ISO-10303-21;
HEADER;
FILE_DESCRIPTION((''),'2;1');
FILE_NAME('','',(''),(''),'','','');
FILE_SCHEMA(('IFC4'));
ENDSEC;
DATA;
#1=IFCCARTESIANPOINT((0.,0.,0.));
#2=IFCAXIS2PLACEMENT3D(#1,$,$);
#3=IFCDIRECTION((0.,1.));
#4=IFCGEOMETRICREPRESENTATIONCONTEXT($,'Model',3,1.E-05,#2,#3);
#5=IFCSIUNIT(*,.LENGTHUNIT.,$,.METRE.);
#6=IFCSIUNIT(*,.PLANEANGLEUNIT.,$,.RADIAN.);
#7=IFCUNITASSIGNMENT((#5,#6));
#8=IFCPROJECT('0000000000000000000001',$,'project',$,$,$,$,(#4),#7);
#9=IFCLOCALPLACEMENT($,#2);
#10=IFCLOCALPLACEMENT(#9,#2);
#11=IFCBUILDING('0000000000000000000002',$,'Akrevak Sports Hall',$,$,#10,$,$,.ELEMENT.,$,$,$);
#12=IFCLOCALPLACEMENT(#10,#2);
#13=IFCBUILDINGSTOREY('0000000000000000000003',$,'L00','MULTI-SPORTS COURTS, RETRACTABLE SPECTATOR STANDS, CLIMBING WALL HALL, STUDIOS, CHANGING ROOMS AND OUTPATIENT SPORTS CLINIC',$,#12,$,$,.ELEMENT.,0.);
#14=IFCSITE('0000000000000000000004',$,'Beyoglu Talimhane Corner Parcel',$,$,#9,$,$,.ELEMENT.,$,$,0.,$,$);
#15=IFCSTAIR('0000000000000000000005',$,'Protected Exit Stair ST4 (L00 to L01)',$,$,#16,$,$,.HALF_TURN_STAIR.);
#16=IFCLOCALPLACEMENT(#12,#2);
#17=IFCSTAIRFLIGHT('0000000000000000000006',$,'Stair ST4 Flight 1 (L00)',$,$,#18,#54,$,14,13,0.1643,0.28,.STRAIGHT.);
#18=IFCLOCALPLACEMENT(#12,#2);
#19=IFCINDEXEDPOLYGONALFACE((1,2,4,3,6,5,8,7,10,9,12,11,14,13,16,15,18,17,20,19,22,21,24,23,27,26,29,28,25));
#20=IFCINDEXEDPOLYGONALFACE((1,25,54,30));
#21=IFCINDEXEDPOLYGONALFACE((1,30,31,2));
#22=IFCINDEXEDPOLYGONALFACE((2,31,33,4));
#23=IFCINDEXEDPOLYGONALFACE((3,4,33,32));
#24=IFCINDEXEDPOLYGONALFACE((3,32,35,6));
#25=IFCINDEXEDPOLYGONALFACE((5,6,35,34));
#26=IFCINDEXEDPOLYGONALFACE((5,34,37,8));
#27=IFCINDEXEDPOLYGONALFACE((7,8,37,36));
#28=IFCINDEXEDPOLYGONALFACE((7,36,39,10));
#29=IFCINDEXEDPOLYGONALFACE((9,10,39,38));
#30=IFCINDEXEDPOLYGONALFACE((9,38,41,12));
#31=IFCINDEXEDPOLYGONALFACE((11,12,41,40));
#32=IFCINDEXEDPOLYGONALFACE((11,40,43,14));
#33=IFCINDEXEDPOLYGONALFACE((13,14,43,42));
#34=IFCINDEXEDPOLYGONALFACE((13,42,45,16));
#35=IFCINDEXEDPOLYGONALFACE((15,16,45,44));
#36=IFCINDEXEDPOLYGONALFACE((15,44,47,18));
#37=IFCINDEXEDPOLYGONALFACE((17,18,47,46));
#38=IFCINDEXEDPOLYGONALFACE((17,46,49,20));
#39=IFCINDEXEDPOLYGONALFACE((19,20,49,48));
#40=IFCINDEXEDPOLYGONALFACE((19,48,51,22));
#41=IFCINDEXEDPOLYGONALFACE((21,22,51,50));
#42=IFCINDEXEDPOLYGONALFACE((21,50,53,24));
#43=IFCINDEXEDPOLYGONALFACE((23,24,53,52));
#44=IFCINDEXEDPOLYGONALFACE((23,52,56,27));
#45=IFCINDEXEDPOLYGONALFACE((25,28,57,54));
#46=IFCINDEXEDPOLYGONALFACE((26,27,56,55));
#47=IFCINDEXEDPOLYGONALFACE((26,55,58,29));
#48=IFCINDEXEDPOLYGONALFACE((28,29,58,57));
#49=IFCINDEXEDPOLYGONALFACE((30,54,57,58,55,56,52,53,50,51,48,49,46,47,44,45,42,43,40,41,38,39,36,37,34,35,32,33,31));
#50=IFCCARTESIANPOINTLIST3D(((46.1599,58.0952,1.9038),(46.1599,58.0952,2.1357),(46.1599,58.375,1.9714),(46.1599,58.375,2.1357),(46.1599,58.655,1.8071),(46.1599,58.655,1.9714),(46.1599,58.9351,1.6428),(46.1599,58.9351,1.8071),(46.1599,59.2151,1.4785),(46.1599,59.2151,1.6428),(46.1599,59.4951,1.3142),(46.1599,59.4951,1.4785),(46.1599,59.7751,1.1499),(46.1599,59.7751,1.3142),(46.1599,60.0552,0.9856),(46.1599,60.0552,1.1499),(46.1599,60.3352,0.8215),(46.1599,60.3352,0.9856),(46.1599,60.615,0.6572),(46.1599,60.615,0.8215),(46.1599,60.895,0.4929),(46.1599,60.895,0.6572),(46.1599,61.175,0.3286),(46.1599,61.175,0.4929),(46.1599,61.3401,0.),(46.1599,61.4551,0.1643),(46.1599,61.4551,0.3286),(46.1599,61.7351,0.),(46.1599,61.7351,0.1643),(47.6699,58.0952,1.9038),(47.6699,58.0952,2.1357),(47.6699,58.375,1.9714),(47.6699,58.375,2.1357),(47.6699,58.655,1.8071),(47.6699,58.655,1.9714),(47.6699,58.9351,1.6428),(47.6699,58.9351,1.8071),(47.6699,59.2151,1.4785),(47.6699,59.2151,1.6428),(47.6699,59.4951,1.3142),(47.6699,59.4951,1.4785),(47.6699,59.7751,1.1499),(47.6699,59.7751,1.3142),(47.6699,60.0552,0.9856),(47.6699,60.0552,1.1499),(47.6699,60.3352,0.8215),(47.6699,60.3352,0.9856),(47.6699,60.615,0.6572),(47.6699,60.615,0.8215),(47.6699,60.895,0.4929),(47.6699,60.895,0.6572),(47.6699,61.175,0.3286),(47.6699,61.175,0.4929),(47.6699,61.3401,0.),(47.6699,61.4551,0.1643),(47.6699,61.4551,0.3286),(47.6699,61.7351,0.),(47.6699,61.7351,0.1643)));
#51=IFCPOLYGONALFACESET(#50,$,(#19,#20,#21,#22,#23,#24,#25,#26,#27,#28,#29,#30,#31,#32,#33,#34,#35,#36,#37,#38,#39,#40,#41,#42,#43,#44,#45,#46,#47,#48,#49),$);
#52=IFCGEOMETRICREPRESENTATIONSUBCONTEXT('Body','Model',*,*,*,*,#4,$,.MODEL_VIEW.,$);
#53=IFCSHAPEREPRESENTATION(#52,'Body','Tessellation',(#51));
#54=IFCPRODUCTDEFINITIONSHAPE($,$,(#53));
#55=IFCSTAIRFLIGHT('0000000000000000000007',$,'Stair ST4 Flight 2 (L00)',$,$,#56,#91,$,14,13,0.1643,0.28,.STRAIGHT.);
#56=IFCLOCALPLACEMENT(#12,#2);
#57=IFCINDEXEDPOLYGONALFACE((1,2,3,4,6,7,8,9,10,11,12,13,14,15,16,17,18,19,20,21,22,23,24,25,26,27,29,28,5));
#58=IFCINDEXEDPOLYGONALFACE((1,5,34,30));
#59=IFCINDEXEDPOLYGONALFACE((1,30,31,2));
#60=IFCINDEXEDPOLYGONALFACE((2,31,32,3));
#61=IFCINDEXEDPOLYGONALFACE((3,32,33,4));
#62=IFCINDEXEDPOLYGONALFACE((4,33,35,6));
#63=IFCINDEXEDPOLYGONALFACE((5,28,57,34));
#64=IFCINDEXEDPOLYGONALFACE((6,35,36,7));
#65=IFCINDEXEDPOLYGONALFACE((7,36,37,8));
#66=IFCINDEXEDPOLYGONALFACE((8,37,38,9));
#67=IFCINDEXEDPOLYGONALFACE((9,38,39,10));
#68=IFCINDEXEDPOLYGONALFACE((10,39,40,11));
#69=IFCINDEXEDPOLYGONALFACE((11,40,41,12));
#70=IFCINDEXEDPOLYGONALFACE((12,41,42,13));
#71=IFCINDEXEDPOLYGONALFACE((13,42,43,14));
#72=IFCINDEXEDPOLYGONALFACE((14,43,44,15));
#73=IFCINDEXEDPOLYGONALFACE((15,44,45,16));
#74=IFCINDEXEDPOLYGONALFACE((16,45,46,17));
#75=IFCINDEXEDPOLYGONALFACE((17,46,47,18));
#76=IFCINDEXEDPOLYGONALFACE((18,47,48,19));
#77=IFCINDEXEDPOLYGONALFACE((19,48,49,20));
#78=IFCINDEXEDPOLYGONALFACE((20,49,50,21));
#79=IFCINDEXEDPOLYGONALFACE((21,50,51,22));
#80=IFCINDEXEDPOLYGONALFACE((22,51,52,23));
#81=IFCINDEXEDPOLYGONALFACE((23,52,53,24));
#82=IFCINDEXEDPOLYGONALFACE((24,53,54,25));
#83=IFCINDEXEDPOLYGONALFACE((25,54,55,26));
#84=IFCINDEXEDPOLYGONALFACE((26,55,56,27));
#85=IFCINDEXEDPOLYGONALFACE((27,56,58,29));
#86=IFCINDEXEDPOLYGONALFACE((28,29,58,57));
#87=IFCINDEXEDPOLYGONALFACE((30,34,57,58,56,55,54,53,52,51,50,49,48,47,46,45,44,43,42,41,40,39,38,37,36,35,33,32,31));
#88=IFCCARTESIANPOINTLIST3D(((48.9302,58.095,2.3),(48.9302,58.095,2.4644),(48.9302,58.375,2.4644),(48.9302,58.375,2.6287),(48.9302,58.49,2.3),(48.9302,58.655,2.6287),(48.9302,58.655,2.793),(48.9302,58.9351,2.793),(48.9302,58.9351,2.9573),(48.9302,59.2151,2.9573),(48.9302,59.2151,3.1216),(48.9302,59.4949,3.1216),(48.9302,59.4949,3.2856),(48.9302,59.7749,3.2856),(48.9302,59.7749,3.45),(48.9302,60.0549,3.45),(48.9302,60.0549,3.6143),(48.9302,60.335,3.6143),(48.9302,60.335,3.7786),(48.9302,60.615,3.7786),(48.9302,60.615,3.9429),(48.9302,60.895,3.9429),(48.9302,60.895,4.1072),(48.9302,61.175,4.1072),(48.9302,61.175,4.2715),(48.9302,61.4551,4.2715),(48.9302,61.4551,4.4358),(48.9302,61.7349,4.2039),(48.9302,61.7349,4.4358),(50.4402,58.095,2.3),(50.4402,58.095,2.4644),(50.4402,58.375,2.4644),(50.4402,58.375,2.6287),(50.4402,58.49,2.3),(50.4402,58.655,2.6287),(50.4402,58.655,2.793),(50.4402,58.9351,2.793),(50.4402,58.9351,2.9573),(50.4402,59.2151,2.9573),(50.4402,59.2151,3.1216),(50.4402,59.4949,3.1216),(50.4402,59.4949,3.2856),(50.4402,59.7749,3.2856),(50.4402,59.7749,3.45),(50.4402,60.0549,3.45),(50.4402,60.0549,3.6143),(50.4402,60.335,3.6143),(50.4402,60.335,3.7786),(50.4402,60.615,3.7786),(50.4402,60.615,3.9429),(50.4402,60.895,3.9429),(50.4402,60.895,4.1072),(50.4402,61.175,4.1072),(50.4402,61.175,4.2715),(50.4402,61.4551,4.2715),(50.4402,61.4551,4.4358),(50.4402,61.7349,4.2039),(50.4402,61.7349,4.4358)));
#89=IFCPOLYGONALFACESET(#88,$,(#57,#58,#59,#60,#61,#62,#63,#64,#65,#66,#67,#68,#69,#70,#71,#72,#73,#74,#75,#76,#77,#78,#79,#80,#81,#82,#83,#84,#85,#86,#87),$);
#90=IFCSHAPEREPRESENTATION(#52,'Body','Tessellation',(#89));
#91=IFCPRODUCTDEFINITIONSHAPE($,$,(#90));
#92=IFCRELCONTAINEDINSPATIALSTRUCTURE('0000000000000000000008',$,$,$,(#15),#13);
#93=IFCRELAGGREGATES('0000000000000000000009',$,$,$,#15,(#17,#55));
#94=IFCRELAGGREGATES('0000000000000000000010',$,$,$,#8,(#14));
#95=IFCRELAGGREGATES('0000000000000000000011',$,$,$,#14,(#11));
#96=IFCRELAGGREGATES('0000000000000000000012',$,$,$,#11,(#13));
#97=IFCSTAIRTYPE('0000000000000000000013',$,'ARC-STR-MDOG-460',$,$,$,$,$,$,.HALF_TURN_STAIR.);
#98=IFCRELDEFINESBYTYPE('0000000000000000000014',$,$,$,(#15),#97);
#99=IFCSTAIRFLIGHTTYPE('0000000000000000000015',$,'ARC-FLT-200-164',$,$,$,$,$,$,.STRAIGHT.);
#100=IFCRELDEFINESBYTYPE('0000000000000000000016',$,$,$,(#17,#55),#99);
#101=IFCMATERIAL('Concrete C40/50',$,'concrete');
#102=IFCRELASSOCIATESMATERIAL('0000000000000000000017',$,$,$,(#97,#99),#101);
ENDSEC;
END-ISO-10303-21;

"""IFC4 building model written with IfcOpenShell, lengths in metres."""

from ifc_helpers import new_model, si_unit, direction, frame, origin, place, context, subcontext, project, spatial, polyline, outline, extrude, material, type_object, element, aggregate, save


model = new_model("IFC4")

# Units and contexts
model_context = context("Model", 3, precision=1e-05, world=origin(), true_north=direction((0.0, 1.0)))
body_context = subcontext(model_context, "Body", "Model", "MODEL_VIEW")
ifc_project = project(units=[si_unit("LENGTHUNIT", "METRE"), si_unit("PLANEANGLEUNIT", "RADIAN")], contexts=[model_context])

# Site, building, storey
site_placement = place(None, origin())
site = spatial("IfcSite", under=ifc_project, at=site_placement, Name="Beyoglu Talimhane Corner Parcel", CompositionType="ELEMENT", RefElevation=0.0)
building_placement = place(site_placement, origin())
building = spatial("IfcBuilding", under=site, at=building_placement, Name="Akrevak Sports Hall", CompositionType="ELEMENT")
storey_placement = place(building_placement, origin())
storey = spatial("IfcBuildingStorey", under=building, at=storey_placement, Name="L00", Description="MULTI-SPORTS COURTS, RETRACTABLE SPECTATOR STANDS, CLIMBING WALL HALL, STUDIOS, CHANGING ROOMS AND OUTPATIENT SPORTS CLINIC", CompositionType="ELEMENT", Elevation=0.0)

# Shared definitions
ifc_material_1 = material(Name="Concrete C40/50", Category="concrete")

# Stair, stair flights
stair_type = type_object("IfcStairType", Name="ARC-STR-MDOG-460", PredefinedType="HALF_TURN_STAIR", material=ifc_material_1)
stair_placement = place(storey_placement, origin())
stair = element("IfcStair", 1, at=stair_placement, inside=storey, type_object=stair_type, Name="Protected Exit Stair ST4 (L00 to L01)", PredefinedType="HALF_TURN_STAIR")
stair_flight_type = type_object("IfcStairFlightType", Name="ARC-FLT-200-164", PredefinedType="STRAIGHT", material=ifc_material_1)
stair_flight_1_placement = place(storey_placement, frame((46.915, 61.7351, 0.0), z_axis=(0.0, 0.0, 1.0), x_axis=(0.0, -1.0, 0.0)))
stair_flight_1 = element("IfcStairFlight", 2, at=stair_flight_1_placement, type_object=stair_flight_type, Name="Stair ST4 Flight 1 (L00)", NumberOfRisers=14, NumberOfTreads=13, PredefinedType="STRAIGHT", RiserHeight=0.1643, TreadLength=0.28, context=body_context, shape_type="SweptSolid", body=[
    extrude(outline(polyline([(0.0, 0.0), (0.0, 0.1643), (0.28, 0.1643), (0.28, 0.3286), (0.5601, 0.3286), (0.5601, 0.4929), (0.8401, 0.4929), (0.8401, 0.6572), (1.1201, 0.6572), (1.1201, 0.8215), (1.3999, 0.8215), (1.3999, 0.9856), (1.6799, 0.9856), (1.6799, 1.1499), (1.96, 1.1499), (1.96, 1.3142), (2.24, 1.3142), (2.24, 1.4785), (2.52, 1.4785), (2.52, 1.6428), (2.8, 1.6428), (2.8, 1.8071), (3.0801, 1.8071), (3.0801, 1.9714), (3.3601, 1.9714), (3.3601, 2.1357), (3.6399, 2.1357), (3.6399, 2.3), (3.6399, 1.9038), (0.395, 0.0), (0.0, 0.0)])), frame((0.0, 0.7549, 0.0), z_axis=(0.0, -1.0, 0.0), x_axis=(1.0, 0.0, 0.0)), (0.0, 0.0, 1.0), 1.51),
])
stair_flight_2_placement = place(storey_placement, frame((49.6851, 58.095, 2.3), z_axis=(0.0, 0.0, 1.0), x_axis=(0.0, 1.0, 0.0)))
stair_flight_2 = element("IfcStairFlight", 3, at=stair_flight_2_placement, type_object=stair_flight_type, Name="Stair ST4 Flight 2 (L00)", NumberOfRisers=14, NumberOfTreads=13, PredefinedType="STRAIGHT", RiserHeight=0.1643, TreadLength=0.28, context=body_context, shape_type="SweptSolid", body=[
    extrude(outline(polyline([(0.0, 0.0), (0.0, 0.1643), (0.28, 0.1643), (0.28, 0.3286), (0.5601, 0.3286), (0.5601, 0.4929), (0.8401, 0.4929), (0.8401, 0.6572), (1.1201, 0.6572), (1.1201, 0.8215), (1.3999, 0.8215), (1.3999, 0.9856), (1.6799, 0.9856), (1.6799, 1.1499), (1.96, 1.1499), (1.96, 1.3142), (2.24, 1.3142), (2.24, 1.4785), (2.52, 1.4785), (2.52, 1.6428), (2.8, 1.6428), (2.8, 1.8071), (3.0801, 1.8071), (3.0801, 1.9714), (3.3601, 1.9714), (3.3601, 2.1357), (3.6399, 2.1357), (3.6399, 2.3), (3.6399, 1.9038), (0.395, 0.0), (0.0, 0.0)])), frame((0.0, 0.7549, 0.0), z_axis=(0.0, -1.0, 0.0), x_axis=(1.0, 0.0, 0.0)), (0.0, 0.0, 1.0), 1.51),
])
aggregate(stair, [stair_flight_1, stair_flight_2])

save(model, "model.ifc")
